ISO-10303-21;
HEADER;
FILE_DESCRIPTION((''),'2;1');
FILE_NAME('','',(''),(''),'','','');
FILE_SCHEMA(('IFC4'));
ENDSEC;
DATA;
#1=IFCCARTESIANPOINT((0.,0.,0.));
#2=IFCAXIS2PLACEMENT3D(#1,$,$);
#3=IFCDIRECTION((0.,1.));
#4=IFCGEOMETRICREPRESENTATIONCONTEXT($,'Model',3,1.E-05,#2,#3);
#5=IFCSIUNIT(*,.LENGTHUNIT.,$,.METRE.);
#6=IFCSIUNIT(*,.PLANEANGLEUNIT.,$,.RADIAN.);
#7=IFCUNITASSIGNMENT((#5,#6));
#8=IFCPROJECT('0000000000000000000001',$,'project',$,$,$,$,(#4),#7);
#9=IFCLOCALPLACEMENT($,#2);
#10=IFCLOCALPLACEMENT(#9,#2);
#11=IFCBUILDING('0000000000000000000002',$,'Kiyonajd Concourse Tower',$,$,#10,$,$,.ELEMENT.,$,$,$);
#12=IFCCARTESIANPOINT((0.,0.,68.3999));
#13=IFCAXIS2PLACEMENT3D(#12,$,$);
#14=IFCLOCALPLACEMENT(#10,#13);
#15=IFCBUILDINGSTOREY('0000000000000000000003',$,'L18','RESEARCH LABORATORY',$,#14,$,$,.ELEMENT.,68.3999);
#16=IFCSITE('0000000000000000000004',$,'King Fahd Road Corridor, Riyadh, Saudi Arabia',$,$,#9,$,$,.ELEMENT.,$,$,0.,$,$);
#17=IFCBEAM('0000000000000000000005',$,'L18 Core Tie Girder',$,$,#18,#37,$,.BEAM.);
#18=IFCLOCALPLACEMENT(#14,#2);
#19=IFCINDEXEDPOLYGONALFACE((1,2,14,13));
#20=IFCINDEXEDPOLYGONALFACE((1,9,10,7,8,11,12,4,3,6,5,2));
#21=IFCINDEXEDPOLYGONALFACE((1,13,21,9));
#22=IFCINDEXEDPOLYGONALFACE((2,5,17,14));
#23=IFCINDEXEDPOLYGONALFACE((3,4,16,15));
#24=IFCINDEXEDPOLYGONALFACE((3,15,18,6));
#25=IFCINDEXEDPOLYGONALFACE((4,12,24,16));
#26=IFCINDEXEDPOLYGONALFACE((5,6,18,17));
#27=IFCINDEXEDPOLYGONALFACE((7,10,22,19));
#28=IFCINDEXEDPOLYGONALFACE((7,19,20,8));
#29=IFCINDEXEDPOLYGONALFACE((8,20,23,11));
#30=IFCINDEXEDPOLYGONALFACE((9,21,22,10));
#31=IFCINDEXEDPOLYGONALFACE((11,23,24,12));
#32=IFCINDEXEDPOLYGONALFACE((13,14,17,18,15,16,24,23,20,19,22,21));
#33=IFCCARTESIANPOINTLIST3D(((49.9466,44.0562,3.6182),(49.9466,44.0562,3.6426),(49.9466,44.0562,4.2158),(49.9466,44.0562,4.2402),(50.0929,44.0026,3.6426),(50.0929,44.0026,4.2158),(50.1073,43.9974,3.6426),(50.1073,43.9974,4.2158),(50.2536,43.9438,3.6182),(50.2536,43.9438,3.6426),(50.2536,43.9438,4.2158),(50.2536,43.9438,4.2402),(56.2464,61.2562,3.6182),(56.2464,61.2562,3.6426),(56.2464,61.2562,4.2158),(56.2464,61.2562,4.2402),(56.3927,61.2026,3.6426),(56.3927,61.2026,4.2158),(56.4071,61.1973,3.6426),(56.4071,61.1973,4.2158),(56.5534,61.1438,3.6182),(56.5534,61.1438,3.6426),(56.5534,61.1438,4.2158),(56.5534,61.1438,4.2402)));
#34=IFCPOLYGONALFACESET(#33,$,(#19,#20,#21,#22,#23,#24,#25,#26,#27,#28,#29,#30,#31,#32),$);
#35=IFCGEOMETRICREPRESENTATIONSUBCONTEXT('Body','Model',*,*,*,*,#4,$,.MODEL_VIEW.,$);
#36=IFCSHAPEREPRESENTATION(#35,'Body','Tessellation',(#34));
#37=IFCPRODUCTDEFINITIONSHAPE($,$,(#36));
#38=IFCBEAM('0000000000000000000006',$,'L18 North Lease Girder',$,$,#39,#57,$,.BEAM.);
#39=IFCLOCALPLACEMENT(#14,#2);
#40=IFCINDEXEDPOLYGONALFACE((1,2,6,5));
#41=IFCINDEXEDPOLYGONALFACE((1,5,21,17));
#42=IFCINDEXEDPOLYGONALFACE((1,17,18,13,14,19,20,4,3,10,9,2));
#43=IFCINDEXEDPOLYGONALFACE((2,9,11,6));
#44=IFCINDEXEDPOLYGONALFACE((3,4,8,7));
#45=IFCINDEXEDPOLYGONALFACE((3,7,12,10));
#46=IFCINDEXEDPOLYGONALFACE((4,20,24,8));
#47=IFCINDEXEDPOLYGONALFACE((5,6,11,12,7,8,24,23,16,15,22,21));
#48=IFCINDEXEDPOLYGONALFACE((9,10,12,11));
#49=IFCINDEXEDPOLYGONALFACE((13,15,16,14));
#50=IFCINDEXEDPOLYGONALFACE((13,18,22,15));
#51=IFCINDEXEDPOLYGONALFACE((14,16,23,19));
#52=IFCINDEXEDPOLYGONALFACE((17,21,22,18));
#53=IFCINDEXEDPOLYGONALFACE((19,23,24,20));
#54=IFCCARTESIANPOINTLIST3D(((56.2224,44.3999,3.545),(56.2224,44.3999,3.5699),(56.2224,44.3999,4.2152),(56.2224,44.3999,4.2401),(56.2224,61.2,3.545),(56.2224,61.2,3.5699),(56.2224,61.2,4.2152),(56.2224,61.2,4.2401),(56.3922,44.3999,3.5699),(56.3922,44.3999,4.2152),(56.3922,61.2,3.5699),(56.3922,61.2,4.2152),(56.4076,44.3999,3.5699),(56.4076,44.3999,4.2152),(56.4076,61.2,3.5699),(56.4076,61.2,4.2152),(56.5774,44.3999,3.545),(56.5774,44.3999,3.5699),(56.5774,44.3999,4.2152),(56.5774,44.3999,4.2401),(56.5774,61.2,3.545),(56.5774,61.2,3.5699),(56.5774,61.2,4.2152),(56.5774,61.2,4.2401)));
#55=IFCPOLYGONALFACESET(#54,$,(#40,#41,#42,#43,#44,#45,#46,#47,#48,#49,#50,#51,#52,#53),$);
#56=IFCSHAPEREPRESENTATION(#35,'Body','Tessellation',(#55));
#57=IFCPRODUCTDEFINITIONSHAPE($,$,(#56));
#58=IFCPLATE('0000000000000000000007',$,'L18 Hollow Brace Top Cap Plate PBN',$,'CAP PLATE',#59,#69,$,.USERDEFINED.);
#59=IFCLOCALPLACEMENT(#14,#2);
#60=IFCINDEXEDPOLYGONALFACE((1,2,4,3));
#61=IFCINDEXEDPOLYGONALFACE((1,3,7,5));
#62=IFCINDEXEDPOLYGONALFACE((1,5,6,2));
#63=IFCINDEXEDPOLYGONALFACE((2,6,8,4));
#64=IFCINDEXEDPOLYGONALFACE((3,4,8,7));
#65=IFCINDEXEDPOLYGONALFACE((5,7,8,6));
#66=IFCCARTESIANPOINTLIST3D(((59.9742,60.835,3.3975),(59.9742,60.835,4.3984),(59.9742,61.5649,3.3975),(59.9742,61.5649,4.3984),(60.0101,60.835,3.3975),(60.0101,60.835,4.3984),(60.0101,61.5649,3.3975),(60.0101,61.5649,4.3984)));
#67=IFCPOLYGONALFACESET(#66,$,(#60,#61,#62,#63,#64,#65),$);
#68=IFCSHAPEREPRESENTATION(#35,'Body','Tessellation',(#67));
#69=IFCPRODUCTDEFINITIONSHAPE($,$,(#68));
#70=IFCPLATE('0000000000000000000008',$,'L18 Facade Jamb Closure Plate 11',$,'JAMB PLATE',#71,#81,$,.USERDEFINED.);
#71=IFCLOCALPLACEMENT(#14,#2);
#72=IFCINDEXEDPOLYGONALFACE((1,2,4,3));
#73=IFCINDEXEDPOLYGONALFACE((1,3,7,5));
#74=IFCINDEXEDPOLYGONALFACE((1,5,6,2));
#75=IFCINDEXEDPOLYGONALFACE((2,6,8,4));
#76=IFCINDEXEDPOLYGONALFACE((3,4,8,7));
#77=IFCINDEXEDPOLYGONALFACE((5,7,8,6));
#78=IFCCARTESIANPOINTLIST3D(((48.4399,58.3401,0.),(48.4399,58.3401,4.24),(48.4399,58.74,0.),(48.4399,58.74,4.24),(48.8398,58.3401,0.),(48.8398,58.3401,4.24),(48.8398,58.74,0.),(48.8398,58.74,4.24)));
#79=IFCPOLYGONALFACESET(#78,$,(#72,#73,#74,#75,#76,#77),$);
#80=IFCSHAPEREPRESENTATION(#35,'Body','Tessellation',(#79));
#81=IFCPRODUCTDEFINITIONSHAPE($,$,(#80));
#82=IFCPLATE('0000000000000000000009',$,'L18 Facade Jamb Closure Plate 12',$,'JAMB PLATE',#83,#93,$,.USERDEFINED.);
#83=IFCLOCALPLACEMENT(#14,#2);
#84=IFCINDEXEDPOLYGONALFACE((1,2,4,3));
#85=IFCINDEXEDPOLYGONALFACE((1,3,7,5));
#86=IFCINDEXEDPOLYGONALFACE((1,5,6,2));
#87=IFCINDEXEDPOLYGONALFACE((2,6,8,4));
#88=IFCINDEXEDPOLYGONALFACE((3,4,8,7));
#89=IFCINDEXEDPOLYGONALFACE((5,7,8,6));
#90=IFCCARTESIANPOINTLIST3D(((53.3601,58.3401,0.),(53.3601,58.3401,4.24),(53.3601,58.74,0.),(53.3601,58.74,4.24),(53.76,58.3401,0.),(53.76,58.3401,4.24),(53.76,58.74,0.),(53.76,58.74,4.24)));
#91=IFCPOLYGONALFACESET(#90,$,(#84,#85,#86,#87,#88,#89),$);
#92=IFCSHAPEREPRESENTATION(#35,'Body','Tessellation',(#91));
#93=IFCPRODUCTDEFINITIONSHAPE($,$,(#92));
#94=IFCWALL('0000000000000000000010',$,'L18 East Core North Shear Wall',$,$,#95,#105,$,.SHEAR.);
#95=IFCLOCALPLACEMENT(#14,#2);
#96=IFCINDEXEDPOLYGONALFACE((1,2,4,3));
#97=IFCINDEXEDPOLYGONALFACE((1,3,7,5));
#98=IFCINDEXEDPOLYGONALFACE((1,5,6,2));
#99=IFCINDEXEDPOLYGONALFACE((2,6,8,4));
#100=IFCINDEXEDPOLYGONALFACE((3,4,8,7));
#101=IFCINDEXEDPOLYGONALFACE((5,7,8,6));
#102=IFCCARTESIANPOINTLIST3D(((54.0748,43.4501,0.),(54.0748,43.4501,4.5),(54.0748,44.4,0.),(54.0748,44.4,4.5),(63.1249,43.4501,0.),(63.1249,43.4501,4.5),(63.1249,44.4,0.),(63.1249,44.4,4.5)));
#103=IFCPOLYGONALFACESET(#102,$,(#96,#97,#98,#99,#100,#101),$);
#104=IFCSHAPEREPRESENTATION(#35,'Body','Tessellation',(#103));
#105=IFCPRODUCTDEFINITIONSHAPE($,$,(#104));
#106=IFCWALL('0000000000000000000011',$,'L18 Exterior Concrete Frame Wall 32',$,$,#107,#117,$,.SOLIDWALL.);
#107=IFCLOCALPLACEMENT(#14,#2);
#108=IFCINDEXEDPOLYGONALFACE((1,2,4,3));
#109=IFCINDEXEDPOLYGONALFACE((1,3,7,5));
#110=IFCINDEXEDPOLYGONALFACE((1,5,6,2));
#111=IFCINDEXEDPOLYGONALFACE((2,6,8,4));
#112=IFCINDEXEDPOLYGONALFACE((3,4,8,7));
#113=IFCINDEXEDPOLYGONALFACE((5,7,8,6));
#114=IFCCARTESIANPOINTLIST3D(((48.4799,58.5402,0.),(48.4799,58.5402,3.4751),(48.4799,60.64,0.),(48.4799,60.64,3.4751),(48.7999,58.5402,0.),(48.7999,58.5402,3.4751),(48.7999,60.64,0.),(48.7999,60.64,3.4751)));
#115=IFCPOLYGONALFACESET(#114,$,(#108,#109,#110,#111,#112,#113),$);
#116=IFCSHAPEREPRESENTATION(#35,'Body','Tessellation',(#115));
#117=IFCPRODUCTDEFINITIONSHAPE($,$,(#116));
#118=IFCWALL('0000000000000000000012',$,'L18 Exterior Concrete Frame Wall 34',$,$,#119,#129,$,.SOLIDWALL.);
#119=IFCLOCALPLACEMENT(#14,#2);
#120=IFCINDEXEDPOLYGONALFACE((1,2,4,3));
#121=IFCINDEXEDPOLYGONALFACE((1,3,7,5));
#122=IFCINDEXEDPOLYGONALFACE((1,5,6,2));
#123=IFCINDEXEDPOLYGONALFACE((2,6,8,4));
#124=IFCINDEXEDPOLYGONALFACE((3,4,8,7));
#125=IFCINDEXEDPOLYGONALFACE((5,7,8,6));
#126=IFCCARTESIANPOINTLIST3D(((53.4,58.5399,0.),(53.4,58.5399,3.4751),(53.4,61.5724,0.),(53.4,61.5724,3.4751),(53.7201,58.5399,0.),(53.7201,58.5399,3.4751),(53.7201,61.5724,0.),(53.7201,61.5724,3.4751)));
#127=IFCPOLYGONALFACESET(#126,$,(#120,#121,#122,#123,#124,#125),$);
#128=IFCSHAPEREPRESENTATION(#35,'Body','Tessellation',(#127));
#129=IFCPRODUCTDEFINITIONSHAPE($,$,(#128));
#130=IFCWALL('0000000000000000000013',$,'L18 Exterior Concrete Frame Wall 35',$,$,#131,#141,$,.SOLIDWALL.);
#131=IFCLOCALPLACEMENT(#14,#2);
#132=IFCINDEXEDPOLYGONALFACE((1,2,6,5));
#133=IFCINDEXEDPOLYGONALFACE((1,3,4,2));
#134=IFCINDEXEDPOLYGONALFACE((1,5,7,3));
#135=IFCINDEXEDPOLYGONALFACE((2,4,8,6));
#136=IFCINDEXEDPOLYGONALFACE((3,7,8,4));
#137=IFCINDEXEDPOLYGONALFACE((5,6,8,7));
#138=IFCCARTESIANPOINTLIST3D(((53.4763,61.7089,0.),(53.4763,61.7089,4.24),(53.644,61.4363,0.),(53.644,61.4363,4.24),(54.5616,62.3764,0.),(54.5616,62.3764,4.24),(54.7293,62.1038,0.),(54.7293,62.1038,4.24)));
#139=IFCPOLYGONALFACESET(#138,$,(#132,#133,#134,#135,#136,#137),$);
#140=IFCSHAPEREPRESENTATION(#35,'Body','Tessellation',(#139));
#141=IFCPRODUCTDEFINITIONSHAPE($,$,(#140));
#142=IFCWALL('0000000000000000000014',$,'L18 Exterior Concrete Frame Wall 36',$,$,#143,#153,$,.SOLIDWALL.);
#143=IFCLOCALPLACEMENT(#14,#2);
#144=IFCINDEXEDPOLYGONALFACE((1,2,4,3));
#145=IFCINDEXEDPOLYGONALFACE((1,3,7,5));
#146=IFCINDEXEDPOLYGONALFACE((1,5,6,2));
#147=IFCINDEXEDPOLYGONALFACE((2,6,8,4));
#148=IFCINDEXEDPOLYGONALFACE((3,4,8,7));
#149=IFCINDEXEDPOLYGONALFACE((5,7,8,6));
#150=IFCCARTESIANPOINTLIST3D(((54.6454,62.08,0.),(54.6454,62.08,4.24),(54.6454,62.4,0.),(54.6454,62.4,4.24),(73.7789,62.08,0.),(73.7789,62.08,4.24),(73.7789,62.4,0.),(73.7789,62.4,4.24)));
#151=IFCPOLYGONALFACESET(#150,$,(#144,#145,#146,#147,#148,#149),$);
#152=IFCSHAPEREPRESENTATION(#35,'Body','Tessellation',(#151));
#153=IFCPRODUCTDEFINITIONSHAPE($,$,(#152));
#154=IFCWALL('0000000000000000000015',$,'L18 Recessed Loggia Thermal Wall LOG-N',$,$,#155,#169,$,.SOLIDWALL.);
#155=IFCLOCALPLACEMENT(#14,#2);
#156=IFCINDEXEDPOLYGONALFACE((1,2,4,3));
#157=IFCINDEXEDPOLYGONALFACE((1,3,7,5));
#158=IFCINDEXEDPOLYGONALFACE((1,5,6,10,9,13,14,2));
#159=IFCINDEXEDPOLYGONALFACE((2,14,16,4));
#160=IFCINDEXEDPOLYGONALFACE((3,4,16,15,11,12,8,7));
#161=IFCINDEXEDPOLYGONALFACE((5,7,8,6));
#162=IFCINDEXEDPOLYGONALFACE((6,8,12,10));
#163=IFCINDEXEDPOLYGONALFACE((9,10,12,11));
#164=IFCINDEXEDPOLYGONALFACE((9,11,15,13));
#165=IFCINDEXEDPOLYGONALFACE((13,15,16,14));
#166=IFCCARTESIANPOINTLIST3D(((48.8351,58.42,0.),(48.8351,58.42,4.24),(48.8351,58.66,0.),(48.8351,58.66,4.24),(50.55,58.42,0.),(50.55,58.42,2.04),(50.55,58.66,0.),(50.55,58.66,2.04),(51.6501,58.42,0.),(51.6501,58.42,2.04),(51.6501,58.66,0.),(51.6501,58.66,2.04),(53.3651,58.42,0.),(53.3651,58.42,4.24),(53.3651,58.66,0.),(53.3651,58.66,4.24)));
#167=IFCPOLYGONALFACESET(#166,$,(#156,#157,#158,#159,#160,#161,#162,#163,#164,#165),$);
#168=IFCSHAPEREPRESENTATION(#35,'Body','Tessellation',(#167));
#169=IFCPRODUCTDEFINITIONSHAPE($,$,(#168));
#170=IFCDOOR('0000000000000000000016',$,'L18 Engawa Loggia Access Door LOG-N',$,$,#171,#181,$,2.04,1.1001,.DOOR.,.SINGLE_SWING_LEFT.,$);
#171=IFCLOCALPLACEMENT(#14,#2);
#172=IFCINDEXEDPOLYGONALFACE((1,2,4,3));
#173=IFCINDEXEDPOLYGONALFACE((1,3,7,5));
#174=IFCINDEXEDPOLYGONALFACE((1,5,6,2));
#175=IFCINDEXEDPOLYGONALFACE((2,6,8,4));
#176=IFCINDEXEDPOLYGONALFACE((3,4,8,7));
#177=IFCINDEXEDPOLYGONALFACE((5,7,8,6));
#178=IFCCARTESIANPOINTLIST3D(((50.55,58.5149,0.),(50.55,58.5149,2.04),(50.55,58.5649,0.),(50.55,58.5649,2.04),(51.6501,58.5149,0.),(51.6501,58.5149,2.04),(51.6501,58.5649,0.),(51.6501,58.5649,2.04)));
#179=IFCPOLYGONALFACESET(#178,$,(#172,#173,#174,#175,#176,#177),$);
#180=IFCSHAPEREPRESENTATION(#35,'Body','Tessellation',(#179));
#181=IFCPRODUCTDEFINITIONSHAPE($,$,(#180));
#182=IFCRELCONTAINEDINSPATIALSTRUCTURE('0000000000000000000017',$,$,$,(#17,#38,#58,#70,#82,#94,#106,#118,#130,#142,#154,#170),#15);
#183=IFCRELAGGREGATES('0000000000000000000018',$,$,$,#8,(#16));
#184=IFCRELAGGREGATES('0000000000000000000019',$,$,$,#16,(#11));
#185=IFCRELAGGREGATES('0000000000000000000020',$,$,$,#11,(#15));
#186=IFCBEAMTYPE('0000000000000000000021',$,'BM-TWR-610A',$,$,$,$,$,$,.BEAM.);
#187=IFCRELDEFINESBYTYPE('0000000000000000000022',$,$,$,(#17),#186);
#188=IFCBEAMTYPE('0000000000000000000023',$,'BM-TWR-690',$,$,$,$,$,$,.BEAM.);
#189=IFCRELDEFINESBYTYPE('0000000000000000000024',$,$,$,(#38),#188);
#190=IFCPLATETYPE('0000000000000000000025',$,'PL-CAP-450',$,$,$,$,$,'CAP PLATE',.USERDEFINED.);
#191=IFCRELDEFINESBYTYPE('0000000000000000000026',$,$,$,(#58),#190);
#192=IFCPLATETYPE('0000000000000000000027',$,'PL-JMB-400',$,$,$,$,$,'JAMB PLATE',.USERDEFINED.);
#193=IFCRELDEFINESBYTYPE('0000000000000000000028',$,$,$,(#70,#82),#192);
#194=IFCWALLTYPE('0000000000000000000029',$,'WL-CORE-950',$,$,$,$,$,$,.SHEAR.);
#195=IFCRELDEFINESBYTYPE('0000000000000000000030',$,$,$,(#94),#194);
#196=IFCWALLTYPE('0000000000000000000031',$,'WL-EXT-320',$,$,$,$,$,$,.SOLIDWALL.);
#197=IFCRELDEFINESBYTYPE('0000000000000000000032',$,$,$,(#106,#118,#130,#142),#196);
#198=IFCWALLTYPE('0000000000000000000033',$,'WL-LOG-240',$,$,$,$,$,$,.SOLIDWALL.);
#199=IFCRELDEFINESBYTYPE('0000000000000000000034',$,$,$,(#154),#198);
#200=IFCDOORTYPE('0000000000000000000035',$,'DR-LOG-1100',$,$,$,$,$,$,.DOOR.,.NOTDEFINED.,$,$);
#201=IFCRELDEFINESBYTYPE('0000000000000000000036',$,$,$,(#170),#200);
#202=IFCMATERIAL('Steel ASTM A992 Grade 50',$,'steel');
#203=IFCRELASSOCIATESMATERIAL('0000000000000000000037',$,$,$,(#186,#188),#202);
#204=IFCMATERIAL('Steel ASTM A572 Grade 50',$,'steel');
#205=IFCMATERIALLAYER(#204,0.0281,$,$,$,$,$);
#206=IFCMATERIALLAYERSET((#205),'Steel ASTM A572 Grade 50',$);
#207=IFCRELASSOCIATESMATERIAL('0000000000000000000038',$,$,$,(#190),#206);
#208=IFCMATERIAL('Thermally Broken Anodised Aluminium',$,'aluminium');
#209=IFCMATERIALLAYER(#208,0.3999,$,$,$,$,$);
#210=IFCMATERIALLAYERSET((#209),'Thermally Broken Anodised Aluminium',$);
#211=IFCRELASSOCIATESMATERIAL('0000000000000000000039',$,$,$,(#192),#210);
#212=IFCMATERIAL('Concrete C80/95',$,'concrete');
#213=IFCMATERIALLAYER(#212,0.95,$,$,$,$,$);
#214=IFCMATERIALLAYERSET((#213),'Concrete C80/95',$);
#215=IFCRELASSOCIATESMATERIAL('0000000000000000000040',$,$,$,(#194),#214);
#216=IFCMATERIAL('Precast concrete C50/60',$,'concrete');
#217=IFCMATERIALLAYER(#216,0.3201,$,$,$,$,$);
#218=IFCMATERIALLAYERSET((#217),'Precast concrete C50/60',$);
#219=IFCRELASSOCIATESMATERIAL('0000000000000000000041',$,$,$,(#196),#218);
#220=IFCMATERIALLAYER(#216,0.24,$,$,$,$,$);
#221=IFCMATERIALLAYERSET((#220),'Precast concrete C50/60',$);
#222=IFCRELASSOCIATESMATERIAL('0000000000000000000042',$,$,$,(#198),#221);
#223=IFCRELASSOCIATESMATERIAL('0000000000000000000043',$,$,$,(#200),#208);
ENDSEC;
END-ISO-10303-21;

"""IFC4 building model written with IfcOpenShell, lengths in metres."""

from ifc_helpers import new_model, si_unit, direction, frame, frame_2d, origin, origin_2d, place, context, subcontext, project, spatial, rectangle, i_section, extrude, material, layer, layer_set, material_profile, profile_set, type_object, element, fill, save


model = new_model("IFC4")

# Units and contexts
model_context = context("Model", 3, precision=1e-05, world=origin(), true_north=direction((0.0, 1.0)))
body_context = subcontext(model_context, "Body", "Model", "MODEL_VIEW")
ifc_project = project(units=[si_unit("LENGTHUNIT", "METRE"), si_unit("PLANEANGLEUNIT", "RADIAN")], contexts=[model_context])

# Site, building, storey
site_placement = place(None, origin())
site = spatial("IfcSite", under=ifc_project, at=site_placement, Name="King Fahd Road Corridor, Riyadh, Saudi Arabia", CompositionType="ELEMENT", RefElevation=0.0)
building_placement = place(site_placement, origin())
building = spatial("IfcBuilding", under=site, at=building_placement, Name="Kiyonajd Concourse Tower", CompositionType="ELEMENT")
storey_placement = place(building_placement, frame((0.0, 0.0, 68.3999)))
storey = spatial("IfcBuildingStorey", under=building, at=storey_placement, Name="L18", Description="RESEARCH LABORATORY", CompositionType="ELEMENT", Elevation=68.3999)

# Shared definitions
ifc_material_1 = material(Name="Concrete C80/95", Category="concrete")

# Beams
ifc_material_2 = material(Name="Steel ASTM A992 Grade 50", Category="steel")
ifc_material_3 = material(Name="Precast concrete C50/60", Category="concrete")
ifc_material_profile_1 = material_profile(ifc_material_2, i_section(OverallWidth=0.3269, OverallDepth=0.6221, WebThickness=0.0154, FlangeThickness=0.0244, at=origin_2d()), Name="W610X195")
ifc_profile_set_1 = profile_set([ifc_material_profile_1], Name="Steel ASTM A992 Grade 50")
beam_type_1 = type_object("IfcBeamType", Name="BM-TWR-610A", PredefinedType="BEAM", material=ifc_profile_set_1)
beam_1_placement = place(storey_placement, frame((50.1001, 44.0, 3.9292), z_axis=(0.343925, 0.938997, 0.0), x_axis=(-0.938997, 0.343925, 0.0)))
element("IfcBeam", 1, at=beam_1_placement, inside=storey, type_object=beam_type_1, Name="L18 Core Tie Girder", PredefinedType="BEAM", context=body_context, shape_type="SweptSolid", body=[
    extrude(i_section(OverallWidth=0.3269, OverallDepth=0.6221, WebThickness=0.0154, FlangeThickness=0.0244, at=origin_2d()), origin(), (0.0, 0.0, 1.0), 18.3174),
])
ifc_material_profile_2 = material_profile(ifc_material_2, i_section(OverallWidth=0.355, OverallDepth=0.6951, WebThickness=0.0154, FlangeThickness=0.0249, at=origin_2d()), Name="W690X217")
ifc_profile_set_2 = profile_set([ifc_material_profile_2], Name="Steel ASTM A992 Grade 50")
beam_type_2 = type_object("IfcBeamType", Name="BM-TWR-690", PredefinedType="BEAM", material=ifc_profile_set_2)
beam_2_placement = place(storey_placement, frame((56.3999, 44.3999, 3.8926), z_axis=(0.0, 1.0, 0.0), x_axis=(-1.0, 0.0, 0.0)))
element("IfcBeam", 2, at=beam_2_placement, inside=storey, type_object=beam_type_2, Name="L18 North Lease Girder", PredefinedType="BEAM", context=body_context, shape_type="SweptSolid", body=[
    extrude(i_section(OverallWidth=0.355, OverallDepth=0.6951, WebThickness=0.0154, FlangeThickness=0.0249, at=origin_2d()), origin(), (0.0, 0.0, 1.0), 16.8),
])

# Plates
ifc_material_4 = material(Name="Steel ASTM A572 Grade 50", Category="steel")
ifc_layer_1 = layer(ifc_material_4, 0.0281)
ifc_layer_set_1 = layer_set([ifc_layer_1], Name="Steel ASTM A572 Grade 50")
plate_type_1 = type_object("IfcPlateType", Name="PL-CAP-450", ElementType="CAP PLATE", PredefinedType="USERDEFINED", material=ifc_layer_set_1)
plate_placement = place(storey_placement, frame((59.9922, 61.2, 3.3975), z_axis=(0.0, 0.0, 1.0), x_axis=(-1.0, 0.0, 0.0)))
element("IfcPlate", 3, at=plate_placement, inside=storey, type_object=plate_type_1, Name="L18 Hollow Brace Top Cap Plate PBN", ObjectType="CAP PLATE", PredefinedType="USERDEFINED", context=body_context, shape_type="SweptSolid", body=[
    extrude(rectangle(XDim=0.0359, YDim=0.73, at=origin_2d()), origin(), (0.0, 0.0, 1.0), 1.001),
])
ifc_material_5 = material(Name="Thermally Broken Anodised Aluminium", Category="aluminium")
ifc_layer_2 = layer(ifc_material_5, 0.3999)
ifc_layer_set_2 = layer_set([ifc_layer_2], Name="Thermally Broken Anodised Aluminium")
plate_type_2 = type_object("IfcPlateType", Name="PL-JMB-400", ElementType="JAMB PLATE", PredefinedType="USERDEFINED", material=ifc_layer_set_2)
for number, where, z_axis, x_axis, name in (
    (4, (48.6399, 58.54, 0.0), (0.0, 0.0, 1.0), (1.0, 0.0, 0.0), "L18 Facade Jamb Closure Plate 11"),
    (5, (53.5601, 58.54, 0.0), (0.0, 0.0, 1.0), (1.0, 0.0, 0.0), "L18 Facade Jamb Closure Plate 12"),
):
    element("IfcPlate", number, at=place(storey_placement, frame(where, z_axis=z_axis, x_axis=x_axis)), inside=storey, type_object=plate_type_2, Name=name, ObjectType="JAMB PLATE", PredefinedType="USERDEFINED", context=body_context, shape_type="SweptSolid", body=[
        extrude(rectangle(XDim=0.3999, YDim=0.3999, at=origin_2d()), origin(), (0.0, 0.0, 1.0), 4.24),
    ])

# Walls
ifc_layer_3 = layer(ifc_material_1, 0.95)
ifc_layer_set_3 = layer_set([ifc_layer_3], Name="Concrete C80/95")
wall_type_1 = type_object("IfcWallType", Name="WL-CORE-950", PredefinedType="SHEAR", material=ifc_layer_set_3)
wall_1_placement = place(storey_placement, frame((54.075, 43.925, 0.0), z_axis=(0.0, 0.0, 1.0), x_axis=(1.0, 0.0, 0.0)))
element("IfcWall", 6, at=wall_1_placement, inside=storey, type_object=wall_type_1, Name="L18 East Core North Shear Wall", PredefinedType="SHEAR", context=body_context, shape_type="SweptSolid", body=[
    extrude(rectangle(XDim=9.05, YDim=0.95, at=frame_2d((4.5249, 0.0))), origin(), (0.0, 0.0, 1.0), 4.5),
])
ifc_layer_4 = layer(ifc_material_3, 0.3201)
ifc_layer_set_4 = layer_set([ifc_layer_4], Name="Precast concrete C50/60")
wall_type_2 = type_object("IfcWallType", Name="WL-EXT-320", PredefinedType="SOLIDWALL", material=ifc_layer_set_4)
wall_2_placement = place(storey_placement, frame((48.6399, 60.6399, 0.0), z_axis=(0.0, 0.0, 1.0), x_axis=(0.0, -1.0, 0.0)))
element("IfcWall", 7, at=wall_2_placement, inside=storey, type_object=wall_type_2, Name="L18 Exterior Concrete Frame Wall 32", PredefinedType="SOLIDWALL", context=body_context, shape_type="SweptSolid", body=[
    extrude(rectangle(XDim=2.0999, YDim=0.3201, at=frame_2d((1.0498, 0.0))), origin(), (0.0, 0.0, 1.0), 3.4751),
])
wall_3_placement = place(storey_placement, frame((53.5601, 58.54, 0.0), z_axis=(0.0, 0.0, 1.0), x_axis=(0.0, 1.0, 0.0)))
element("IfcWall", 8, at=wall_3_placement, inside=storey, type_object=wall_type_2, Name="L18 Exterior Concrete Frame Wall 34", PredefinedType="SOLIDWALL", context=body_context, shape_type="SweptSolid", body=[
    extrude(rectangle(XDim=3.0325, YDim=0.3201, at=frame_2d((1.5161, 0.0))), origin(), (0.0, 0.0, 1.0), 3.4751),
])
wall_4_placement = place(storey_placement, frame((53.5601, 61.5725, 0.0), z_axis=(0.0, 0.0, 1.0), x_axis=(0.851777, 0.523905, 0.0)))
element("IfcWall", 9, at=wall_4_placement, inside=storey, type_object=wall_type_2, Name="L18 Exterior Concrete Frame Wall 35", PredefinedType="SOLIDWALL", context=body_context, shape_type="SweptSolid", body=[
    extrude(rectangle(XDim=1.2742, YDim=0.3201, at=frame_2d((0.6372, 0.0))), origin(), (0.0, 0.0, 1.0), 4.24),
])
wall_5_placement = place(storey_placement, frame((54.6453, 62.24, 0.0), z_axis=(0.0, 0.0, 1.0), x_axis=(1.0, 0.0, 0.0)))
element("IfcWall", 10, at=wall_5_placement, inside=storey, type_object=wall_type_2, Name="L18 Exterior Concrete Frame Wall 36", PredefinedType="SOLIDWALL", context=body_context, shape_type="SweptSolid", body=[
    extrude(rectangle(XDim=19.1335, YDim=0.3201, at=frame_2d((9.5669, 0.0))), origin(), (0.0, 0.0, 1.0), 4.24),
])

# Wall, opening, door
ifc_layer_5 = layer(ifc_material_3, 0.24)
ifc_layer_set_5 = layer_set([ifc_layer_5], Name="Precast concrete C50/60")
wall_type_3 = type_object("IfcWallType", Name="WL-LOG-240", PredefinedType="SOLIDWALL", material=ifc_layer_set_5)
wall_6_placement = place(storey_placement, frame((48.835, 58.54, 0.0), z_axis=(0.0, 0.0, 1.0), x_axis=(1.0, 0.0, 0.0)))
wall_6 = element("IfcWall", 11, at=wall_6_placement, inside=storey, type_object=wall_type_3, Name="L18 Recessed Loggia Thermal Wall LOG-N", PredefinedType="SOLIDWALL", context=body_context, shape_type="SweptSolid", body=[
    extrude(rectangle(XDim=4.53, YDim=0.24, at=frame_2d((2.2651, 0.0))), origin(), (0.0, 0.0, 1.0), 4.24),
])
opening_placement = place(wall_6_placement, frame((1.7151, 0.0, 0.0)))
opening = element("IfcOpeningElement", 12, at=opening_placement, cuts=wall_6, PredefinedType="OPENING", context=body_context, shape_type="SweptSolid", body=[
    extrude(rectangle(XDim=1.1001, YDim=2.04, at=frame_2d((0.55, 1.02))), frame((0.0, 0.1299, 0.0), z_axis=(0.0, -1.0, 0.0), x_axis=(1.0, 0.0, 0.0)), (0.0, 0.0, 1.0), 0.26),
])
door_type = type_object("IfcDoorType", Name="DR-LOG-1100", OperationType="NOTDEFINED", PredefinedType="DOOR", material=ifc_material_5)
door_placement = place(opening_placement, origin())
door = element("IfcDoor", 13, at=door_placement, inside=storey, type_object=door_type, Name="L18 Engawa Loggia Access Door LOG-N", OperationType="SINGLE_SWING_LEFT", OverallHeight=2.04, OverallWidth=1.1001, PredefinedType="DOOR", context=body_context, shape_type="SweptSolid", body=[
    extrude(rectangle(XDim=1.1001, YDim=2.04, at=frame_2d((0.55, 1.02))), frame((0.0, 0.0249, 0.0), z_axis=(0.0, -1.0, 0.0), x_axis=(1.0, 0.0, 0.0)), (0.0, 0.0, 1.0), 0.05),
])
fill(opening, door)

save(model, "model.ifc")
